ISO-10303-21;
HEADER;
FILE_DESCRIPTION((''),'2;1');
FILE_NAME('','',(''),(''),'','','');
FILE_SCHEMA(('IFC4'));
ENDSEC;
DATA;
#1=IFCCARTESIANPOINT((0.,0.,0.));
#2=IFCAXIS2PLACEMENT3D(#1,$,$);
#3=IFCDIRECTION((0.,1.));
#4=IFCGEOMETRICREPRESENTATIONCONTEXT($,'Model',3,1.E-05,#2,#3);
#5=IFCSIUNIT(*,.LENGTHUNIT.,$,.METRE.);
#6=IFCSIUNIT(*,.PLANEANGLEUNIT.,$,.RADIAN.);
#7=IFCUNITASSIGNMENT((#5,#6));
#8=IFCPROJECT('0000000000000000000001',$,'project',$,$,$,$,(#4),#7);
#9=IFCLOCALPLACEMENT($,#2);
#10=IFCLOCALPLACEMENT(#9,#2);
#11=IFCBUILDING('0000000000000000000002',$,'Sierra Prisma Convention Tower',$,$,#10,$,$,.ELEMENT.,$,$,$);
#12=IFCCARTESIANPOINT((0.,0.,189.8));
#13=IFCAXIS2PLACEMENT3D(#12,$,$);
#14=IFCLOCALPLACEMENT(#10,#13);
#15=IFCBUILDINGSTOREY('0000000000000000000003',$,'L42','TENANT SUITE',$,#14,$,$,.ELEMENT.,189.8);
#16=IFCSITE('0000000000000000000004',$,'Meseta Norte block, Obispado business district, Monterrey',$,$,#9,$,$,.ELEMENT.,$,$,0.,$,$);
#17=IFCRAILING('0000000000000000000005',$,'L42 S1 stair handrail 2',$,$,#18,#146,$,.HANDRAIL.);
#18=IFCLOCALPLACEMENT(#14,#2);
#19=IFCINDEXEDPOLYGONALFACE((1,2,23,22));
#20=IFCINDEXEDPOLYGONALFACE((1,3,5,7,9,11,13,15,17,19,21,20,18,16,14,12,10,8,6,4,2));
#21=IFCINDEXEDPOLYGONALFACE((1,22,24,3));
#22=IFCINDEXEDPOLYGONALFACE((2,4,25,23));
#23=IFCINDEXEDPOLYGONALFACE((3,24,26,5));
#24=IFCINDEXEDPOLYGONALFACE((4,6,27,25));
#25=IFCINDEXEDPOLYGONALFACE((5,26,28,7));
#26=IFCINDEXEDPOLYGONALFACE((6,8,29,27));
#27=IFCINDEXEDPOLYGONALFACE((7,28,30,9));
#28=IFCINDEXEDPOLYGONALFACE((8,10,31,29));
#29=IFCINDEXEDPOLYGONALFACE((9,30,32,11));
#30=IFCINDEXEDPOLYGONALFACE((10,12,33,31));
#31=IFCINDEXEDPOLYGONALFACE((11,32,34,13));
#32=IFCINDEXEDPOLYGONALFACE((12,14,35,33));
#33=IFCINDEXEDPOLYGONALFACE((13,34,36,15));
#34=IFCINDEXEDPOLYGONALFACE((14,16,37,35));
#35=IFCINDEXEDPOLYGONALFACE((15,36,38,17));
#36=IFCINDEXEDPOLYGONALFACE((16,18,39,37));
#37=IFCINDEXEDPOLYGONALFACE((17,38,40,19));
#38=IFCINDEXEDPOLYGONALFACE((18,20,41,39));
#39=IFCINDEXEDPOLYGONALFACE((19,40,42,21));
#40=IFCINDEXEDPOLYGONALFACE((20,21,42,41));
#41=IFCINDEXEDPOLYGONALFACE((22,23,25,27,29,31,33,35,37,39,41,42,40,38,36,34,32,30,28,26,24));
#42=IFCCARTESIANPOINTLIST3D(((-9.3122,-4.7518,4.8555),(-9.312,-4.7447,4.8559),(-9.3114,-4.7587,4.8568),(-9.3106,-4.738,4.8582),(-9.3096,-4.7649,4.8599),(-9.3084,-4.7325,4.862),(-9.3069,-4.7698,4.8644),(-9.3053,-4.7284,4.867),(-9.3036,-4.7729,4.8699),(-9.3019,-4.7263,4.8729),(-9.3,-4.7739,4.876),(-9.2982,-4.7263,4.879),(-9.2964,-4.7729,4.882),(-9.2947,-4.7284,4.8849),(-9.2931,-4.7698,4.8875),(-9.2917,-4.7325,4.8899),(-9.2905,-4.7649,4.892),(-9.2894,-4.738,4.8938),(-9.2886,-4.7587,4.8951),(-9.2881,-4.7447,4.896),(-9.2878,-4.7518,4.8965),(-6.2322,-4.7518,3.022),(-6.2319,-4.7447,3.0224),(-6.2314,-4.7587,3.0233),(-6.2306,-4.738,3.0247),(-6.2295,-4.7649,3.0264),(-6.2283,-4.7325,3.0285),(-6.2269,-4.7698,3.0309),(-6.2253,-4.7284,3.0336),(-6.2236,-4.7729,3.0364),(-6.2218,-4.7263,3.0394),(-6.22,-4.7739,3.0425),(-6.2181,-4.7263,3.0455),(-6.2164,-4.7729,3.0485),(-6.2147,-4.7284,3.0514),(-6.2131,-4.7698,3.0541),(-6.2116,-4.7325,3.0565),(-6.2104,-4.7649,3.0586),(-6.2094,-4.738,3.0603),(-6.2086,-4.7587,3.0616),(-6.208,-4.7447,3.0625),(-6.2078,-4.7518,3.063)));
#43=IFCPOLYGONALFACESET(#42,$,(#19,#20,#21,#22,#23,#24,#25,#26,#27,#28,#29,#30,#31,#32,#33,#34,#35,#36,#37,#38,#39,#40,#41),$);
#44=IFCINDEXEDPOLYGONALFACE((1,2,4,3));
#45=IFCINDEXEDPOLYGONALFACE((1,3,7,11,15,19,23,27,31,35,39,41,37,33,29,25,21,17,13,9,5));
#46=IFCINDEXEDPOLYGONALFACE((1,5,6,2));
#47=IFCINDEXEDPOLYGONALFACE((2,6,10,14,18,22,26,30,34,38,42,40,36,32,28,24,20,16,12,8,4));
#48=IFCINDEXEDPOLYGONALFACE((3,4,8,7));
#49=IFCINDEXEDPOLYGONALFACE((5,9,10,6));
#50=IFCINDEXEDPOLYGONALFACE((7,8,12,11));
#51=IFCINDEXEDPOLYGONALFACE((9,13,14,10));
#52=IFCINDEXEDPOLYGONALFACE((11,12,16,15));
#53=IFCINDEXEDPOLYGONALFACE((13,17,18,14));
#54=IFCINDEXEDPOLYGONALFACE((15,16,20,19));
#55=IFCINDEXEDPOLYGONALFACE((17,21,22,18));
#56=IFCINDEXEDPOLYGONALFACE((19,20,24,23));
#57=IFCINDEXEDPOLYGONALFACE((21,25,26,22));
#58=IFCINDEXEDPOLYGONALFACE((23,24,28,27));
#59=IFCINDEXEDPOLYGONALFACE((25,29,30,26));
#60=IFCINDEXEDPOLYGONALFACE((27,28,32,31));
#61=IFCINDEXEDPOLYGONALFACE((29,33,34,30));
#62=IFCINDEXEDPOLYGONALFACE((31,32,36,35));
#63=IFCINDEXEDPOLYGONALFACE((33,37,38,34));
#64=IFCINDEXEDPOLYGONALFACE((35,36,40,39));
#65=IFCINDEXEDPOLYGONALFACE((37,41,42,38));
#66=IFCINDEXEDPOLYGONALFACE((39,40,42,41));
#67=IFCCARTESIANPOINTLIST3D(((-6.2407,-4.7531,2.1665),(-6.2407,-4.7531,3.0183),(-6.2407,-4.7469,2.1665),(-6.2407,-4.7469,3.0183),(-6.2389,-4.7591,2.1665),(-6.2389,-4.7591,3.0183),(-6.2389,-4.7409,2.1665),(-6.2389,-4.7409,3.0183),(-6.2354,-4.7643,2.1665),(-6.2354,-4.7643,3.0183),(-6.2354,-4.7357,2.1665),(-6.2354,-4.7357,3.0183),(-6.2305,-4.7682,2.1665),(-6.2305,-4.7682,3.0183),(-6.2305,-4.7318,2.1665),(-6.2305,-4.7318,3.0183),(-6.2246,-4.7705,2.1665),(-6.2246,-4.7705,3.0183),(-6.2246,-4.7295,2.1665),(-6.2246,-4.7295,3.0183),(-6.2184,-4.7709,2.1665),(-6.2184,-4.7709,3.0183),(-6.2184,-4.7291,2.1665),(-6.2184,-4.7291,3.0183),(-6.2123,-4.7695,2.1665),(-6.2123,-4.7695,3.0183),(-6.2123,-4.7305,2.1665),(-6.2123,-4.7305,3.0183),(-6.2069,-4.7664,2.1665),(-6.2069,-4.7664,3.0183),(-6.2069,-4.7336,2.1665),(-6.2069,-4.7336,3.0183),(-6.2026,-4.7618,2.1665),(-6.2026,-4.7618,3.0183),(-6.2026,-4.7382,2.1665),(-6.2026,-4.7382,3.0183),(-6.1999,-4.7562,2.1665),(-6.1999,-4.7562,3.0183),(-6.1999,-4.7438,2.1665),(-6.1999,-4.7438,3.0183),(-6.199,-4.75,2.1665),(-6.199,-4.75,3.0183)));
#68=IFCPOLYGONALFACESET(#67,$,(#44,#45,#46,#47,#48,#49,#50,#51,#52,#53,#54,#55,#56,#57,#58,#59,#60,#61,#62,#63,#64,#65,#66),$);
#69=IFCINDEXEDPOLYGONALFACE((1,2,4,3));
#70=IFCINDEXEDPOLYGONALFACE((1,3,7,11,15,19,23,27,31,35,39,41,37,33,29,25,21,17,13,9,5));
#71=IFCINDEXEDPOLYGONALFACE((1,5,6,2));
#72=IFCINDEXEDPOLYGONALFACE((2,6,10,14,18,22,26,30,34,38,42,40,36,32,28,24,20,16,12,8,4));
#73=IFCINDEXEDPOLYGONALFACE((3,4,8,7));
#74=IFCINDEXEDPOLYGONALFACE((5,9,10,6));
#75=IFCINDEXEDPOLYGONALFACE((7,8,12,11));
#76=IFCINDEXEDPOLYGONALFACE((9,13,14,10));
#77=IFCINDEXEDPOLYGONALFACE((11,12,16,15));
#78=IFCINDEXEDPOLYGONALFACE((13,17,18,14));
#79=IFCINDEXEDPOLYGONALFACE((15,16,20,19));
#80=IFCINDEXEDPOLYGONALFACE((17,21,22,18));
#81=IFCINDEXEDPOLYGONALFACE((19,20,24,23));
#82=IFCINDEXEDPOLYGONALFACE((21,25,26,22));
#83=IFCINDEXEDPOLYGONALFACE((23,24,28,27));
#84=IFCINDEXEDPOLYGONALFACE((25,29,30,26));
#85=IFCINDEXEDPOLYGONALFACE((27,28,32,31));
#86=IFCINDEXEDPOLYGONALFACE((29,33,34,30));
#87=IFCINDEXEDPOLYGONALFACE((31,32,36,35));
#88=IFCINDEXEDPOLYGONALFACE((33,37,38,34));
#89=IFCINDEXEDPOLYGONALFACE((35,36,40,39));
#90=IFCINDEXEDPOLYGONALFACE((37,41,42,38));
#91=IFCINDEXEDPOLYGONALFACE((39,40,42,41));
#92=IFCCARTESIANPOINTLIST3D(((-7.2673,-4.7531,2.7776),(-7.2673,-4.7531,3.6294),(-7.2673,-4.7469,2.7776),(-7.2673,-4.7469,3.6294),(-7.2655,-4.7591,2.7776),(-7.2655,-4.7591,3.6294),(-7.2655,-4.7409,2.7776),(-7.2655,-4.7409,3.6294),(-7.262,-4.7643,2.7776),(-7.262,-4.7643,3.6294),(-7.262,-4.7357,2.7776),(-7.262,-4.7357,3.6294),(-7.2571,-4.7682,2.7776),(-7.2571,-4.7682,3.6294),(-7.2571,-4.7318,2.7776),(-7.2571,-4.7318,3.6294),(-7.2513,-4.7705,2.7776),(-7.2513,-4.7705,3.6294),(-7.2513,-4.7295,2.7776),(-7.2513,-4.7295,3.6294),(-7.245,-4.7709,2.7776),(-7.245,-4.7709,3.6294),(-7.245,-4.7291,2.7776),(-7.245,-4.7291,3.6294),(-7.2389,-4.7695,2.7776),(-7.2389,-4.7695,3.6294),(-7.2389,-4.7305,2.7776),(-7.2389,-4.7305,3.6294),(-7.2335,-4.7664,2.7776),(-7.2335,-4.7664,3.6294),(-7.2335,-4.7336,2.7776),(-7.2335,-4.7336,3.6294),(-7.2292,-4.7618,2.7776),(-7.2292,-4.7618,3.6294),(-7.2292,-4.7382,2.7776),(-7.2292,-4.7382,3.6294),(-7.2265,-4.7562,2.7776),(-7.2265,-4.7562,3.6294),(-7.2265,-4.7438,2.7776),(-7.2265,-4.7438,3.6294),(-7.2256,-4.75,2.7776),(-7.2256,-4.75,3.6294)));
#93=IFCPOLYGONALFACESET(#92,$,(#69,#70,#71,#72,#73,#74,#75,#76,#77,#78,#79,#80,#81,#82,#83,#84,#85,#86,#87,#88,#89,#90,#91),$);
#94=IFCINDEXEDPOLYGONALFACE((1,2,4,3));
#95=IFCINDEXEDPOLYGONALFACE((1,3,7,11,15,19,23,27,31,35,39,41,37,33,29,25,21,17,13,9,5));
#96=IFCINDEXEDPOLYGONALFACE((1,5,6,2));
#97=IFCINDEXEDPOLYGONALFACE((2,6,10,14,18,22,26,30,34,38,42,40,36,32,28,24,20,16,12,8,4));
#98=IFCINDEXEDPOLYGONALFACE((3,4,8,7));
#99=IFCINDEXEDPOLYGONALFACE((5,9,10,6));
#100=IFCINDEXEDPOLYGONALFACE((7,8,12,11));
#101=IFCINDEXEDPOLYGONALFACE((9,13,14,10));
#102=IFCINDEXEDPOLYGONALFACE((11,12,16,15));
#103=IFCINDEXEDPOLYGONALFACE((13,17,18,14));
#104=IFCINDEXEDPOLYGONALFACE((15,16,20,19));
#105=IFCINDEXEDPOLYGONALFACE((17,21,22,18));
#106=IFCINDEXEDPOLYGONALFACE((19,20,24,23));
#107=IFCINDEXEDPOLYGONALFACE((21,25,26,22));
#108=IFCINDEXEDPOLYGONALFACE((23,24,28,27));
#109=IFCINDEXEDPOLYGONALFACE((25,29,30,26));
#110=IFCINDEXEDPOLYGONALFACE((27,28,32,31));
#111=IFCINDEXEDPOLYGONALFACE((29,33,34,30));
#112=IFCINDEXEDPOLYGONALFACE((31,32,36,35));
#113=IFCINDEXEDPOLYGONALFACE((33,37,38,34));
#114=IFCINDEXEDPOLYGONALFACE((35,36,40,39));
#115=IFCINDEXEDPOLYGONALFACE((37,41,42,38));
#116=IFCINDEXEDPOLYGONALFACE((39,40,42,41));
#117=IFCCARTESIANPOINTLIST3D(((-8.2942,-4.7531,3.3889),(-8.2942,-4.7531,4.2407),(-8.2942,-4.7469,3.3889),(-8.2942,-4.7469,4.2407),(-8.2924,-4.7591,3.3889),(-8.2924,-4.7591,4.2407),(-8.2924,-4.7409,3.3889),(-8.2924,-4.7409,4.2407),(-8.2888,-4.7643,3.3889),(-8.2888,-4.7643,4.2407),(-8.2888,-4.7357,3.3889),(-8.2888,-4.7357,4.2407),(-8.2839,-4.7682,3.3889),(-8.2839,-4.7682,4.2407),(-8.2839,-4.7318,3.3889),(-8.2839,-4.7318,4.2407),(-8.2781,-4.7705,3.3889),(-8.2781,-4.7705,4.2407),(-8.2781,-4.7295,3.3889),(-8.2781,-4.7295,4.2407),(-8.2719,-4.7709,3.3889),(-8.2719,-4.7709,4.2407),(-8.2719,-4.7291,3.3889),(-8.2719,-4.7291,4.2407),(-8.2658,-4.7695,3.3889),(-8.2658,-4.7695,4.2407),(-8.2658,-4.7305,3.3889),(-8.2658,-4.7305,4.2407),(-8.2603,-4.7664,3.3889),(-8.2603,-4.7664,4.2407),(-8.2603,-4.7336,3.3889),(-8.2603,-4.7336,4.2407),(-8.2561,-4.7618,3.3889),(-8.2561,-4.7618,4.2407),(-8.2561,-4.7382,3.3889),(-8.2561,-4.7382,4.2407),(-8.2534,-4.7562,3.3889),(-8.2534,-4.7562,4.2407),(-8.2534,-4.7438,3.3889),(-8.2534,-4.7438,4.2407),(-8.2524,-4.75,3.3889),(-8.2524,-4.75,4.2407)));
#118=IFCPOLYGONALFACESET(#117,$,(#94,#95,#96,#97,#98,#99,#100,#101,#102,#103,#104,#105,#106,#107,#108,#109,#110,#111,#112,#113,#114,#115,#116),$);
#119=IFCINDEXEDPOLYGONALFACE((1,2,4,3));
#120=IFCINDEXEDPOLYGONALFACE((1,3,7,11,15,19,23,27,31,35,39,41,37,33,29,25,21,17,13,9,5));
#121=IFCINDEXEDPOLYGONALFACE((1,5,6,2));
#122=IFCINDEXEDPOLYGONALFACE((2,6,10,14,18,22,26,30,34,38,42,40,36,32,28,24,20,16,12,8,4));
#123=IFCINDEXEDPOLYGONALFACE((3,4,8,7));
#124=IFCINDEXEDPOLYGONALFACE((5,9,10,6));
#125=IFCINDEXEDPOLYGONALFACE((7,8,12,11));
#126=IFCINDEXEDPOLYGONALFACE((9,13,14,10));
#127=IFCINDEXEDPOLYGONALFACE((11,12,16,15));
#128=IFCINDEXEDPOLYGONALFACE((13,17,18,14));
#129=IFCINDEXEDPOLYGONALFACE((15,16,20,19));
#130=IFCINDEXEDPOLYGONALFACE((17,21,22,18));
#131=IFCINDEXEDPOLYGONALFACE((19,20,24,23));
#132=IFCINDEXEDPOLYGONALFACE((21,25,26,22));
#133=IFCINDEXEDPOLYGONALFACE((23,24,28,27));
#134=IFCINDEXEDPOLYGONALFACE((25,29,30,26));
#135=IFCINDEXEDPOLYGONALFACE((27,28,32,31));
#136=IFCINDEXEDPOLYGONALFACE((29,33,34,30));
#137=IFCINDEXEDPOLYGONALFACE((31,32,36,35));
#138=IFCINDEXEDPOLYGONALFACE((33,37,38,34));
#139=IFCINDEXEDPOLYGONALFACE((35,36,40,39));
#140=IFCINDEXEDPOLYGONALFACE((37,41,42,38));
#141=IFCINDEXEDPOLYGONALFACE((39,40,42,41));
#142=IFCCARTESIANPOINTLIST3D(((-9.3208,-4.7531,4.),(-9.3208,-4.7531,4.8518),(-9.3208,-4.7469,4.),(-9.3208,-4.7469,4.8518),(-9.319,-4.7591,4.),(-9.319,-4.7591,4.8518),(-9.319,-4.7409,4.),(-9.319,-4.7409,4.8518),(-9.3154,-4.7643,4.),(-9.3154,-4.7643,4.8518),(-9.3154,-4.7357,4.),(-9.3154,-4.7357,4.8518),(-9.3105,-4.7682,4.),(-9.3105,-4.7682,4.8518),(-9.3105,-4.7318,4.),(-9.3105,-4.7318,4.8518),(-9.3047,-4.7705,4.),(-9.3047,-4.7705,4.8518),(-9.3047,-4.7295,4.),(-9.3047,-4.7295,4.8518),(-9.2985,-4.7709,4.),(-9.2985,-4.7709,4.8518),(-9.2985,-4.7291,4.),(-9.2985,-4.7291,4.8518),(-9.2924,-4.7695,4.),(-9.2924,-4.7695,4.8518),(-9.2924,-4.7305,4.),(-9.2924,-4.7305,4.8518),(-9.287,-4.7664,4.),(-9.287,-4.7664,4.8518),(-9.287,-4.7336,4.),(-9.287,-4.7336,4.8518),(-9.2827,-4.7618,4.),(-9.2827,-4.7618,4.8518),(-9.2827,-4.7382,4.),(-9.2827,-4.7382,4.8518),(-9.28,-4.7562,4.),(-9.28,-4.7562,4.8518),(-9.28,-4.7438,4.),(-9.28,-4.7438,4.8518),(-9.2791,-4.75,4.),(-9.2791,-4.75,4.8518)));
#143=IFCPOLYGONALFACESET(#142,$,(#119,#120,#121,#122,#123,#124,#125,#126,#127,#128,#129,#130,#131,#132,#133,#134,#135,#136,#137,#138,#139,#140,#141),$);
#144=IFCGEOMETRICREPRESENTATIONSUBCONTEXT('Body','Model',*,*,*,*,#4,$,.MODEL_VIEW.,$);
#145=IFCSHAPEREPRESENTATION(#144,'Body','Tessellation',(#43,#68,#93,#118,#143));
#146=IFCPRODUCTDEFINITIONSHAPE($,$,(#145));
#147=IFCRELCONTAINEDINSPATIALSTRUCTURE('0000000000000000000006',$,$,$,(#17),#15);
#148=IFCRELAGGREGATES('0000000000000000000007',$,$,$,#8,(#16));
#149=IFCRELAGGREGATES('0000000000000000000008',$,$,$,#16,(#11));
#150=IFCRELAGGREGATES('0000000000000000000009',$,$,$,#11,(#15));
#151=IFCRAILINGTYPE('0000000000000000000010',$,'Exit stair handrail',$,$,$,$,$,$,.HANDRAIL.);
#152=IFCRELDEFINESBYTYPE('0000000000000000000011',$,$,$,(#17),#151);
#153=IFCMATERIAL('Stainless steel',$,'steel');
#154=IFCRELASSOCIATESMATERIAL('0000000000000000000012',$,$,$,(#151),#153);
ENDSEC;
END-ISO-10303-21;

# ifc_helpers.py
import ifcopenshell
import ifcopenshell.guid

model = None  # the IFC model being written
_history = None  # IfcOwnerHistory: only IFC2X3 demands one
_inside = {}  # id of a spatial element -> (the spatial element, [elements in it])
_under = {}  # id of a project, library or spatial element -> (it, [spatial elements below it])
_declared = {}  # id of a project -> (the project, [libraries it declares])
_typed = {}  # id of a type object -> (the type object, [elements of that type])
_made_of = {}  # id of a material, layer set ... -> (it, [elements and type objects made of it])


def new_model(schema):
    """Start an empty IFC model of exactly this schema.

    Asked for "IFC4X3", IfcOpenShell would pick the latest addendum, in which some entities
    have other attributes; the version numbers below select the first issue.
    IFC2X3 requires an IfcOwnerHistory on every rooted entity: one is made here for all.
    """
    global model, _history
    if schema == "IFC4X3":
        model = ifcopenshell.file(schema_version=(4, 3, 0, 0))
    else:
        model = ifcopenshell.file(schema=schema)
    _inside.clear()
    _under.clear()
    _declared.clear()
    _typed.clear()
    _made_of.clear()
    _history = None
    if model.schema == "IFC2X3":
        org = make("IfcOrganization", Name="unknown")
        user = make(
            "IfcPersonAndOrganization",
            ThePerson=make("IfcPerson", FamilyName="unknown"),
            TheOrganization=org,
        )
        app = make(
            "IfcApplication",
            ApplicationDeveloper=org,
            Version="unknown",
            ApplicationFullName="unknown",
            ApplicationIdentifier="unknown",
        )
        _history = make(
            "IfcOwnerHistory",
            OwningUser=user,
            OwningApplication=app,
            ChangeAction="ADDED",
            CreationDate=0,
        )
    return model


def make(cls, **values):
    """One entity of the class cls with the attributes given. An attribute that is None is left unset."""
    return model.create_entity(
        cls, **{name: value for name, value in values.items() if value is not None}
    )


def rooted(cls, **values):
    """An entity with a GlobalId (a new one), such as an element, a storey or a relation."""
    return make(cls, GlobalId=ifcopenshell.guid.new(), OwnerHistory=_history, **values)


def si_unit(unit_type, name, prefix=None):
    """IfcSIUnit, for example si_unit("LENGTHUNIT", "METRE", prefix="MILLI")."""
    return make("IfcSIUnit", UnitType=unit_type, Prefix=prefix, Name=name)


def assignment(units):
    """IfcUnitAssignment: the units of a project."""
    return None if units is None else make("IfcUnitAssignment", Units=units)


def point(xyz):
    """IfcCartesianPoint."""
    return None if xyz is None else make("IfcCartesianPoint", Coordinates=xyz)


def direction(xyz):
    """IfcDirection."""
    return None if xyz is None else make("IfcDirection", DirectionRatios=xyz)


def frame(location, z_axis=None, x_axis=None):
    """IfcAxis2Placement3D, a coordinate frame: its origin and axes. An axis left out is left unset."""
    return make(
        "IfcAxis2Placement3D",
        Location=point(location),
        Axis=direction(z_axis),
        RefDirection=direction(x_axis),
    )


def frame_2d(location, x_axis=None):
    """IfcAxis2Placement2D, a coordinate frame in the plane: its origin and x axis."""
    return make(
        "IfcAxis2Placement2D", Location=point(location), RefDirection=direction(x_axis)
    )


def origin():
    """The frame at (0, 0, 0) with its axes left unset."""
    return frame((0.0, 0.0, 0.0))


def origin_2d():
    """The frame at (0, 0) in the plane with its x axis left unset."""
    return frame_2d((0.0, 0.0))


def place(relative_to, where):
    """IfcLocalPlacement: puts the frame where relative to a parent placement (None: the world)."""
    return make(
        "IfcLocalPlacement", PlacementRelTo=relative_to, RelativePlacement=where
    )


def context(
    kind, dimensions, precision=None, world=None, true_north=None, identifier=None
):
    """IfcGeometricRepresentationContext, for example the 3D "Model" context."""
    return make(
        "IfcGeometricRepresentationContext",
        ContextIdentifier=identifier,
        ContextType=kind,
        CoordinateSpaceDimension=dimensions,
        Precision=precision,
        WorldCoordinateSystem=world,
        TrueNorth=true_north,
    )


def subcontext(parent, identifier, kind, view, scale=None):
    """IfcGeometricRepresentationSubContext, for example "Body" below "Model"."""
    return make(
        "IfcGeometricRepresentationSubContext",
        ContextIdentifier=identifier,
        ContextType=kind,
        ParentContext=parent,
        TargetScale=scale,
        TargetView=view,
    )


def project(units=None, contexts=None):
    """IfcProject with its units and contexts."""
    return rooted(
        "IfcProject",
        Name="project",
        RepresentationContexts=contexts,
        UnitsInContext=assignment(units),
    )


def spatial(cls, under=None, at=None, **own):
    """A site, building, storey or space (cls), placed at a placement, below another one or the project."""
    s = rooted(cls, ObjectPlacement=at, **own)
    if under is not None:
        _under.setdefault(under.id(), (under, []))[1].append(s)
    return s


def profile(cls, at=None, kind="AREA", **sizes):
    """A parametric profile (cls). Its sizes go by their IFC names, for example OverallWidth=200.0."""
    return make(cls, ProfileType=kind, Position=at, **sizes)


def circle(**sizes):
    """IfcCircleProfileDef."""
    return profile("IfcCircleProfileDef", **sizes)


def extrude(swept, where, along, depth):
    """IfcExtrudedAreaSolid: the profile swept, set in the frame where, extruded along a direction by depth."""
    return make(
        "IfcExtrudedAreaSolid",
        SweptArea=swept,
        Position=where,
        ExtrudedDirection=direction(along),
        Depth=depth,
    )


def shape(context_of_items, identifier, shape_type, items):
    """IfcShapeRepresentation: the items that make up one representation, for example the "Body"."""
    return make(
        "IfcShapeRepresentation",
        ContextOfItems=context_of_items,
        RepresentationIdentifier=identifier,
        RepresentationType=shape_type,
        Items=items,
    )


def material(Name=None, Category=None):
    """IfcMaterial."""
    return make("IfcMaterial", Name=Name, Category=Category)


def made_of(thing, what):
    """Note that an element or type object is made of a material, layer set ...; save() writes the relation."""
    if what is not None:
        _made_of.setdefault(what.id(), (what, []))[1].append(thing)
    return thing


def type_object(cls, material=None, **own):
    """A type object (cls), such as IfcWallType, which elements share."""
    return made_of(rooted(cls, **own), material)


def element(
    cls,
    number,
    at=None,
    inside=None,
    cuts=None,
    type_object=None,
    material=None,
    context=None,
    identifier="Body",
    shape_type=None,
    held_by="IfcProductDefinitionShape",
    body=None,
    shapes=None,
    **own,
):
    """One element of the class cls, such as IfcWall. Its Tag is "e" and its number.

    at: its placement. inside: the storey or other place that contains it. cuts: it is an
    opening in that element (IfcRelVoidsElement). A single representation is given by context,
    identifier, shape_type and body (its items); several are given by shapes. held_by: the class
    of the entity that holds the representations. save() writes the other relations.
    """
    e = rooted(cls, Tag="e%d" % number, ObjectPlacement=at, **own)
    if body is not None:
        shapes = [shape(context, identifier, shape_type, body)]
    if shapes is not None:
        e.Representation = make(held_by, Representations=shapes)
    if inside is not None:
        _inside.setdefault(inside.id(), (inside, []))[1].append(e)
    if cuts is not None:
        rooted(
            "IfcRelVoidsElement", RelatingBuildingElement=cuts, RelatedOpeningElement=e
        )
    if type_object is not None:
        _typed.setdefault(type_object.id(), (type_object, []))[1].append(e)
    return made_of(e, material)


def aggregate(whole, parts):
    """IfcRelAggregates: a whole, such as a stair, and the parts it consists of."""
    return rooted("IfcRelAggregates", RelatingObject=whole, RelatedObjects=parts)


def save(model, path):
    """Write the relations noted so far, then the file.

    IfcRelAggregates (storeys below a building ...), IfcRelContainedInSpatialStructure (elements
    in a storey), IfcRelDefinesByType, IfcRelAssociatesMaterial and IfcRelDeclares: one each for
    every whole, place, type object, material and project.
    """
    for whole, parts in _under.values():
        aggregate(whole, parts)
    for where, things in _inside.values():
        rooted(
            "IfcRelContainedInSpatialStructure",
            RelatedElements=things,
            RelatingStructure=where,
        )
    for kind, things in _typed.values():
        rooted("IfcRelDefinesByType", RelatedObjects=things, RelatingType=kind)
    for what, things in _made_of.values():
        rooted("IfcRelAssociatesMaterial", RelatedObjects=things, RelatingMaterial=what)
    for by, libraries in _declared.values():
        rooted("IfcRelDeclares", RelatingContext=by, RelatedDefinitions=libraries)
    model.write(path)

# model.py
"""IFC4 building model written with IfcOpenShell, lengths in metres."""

from ifc_helpers import new_model, si_unit, direction, frame, origin, origin_2d, place, context, subcontext, project, spatial, circle, extrude, material, type_object, element, save


model = new_model("IFC4")

# Units and contexts
model_context = context("Model", 3, precision=1e-05, world=origin(), true_north=direction((0.0, 1.0)))
body_context = subcontext(model_context, "Body", "Model", "MODEL_VIEW")
ifc_project = project(units=[si_unit("LENGTHUNIT", "METRE"), si_unit("PLANEANGLEUNIT", "RADIAN")], contexts=[model_context])

# Site, building, storey
site_placement = place(None, origin())
site = spatial("IfcSite", under=ifc_project, at=site_placement, Name="Meseta Norte block, Obispado business district, Monterrey", CompositionType="ELEMENT", RefElevation=0.0)
building_placement = place(site_placement, origin())
building = spatial("IfcBuilding", under=site, at=building_placement, Name="Sierra Prisma Convention Tower", CompositionType="ELEMENT")
storey_placement = place(building_placement, frame((0.0, 0.0, 189.8)))
storey = spatial("IfcBuildingStorey", under=building, at=storey_placement, Name="L42", Description="TENANT SUITE", CompositionType="ELEMENT", Elevation=189.8)

# Railing
ifc_material_1 = material(Name="Stainless steel", Category="steel")
railing_type_1 = type_object("IfcRailingType", Name="Exit stair handrail", PredefinedType="HANDRAIL", material=ifc_material_1)
railing_1_placement = place(storey_placement, frame((-6.22, -4.75, 2.1665)))
element("IfcRailing", 1, at=railing_1_placement, inside=storey, type_object=railing_type_1, Name="L42 S1 stair handrail 2", PredefinedType="HANDRAIL", context=body_context, shape_type="SweptSolid", body=[
    extrude(circle(Radius=0.0239, at=origin_2d()), frame((0.0, 0.0, 0.876), z_axis=(-0.859279, 0.0, 0.511508), x_axis=(0.0, -1.0, 0.0)), (0.0, 0.0, 1.0), 3.5845),
    extrude(circle(Radius=0.021, at=origin_2d()), origin(), (0.0, 0.0, 1.0), 0.8518),
    extrude(circle(Radius=0.021, at=origin_2d()), frame((-1.0266, 0.0, 0.6111)), (0.0, 0.0, 1.0), 0.8518),
    extrude(circle(Radius=0.021, at=origin_2d()), frame((-2.0535, 0.0, 1.2224)), (0.0, 0.0, 1.0), 0.8518),
    extrude(circle(Radius=0.021, at=origin_2d()), frame((-3.0801, 0.0, 1.8335)), (0.0, 0.0, 1.0), 0.8518),
])

save(model, "model.ifc")
